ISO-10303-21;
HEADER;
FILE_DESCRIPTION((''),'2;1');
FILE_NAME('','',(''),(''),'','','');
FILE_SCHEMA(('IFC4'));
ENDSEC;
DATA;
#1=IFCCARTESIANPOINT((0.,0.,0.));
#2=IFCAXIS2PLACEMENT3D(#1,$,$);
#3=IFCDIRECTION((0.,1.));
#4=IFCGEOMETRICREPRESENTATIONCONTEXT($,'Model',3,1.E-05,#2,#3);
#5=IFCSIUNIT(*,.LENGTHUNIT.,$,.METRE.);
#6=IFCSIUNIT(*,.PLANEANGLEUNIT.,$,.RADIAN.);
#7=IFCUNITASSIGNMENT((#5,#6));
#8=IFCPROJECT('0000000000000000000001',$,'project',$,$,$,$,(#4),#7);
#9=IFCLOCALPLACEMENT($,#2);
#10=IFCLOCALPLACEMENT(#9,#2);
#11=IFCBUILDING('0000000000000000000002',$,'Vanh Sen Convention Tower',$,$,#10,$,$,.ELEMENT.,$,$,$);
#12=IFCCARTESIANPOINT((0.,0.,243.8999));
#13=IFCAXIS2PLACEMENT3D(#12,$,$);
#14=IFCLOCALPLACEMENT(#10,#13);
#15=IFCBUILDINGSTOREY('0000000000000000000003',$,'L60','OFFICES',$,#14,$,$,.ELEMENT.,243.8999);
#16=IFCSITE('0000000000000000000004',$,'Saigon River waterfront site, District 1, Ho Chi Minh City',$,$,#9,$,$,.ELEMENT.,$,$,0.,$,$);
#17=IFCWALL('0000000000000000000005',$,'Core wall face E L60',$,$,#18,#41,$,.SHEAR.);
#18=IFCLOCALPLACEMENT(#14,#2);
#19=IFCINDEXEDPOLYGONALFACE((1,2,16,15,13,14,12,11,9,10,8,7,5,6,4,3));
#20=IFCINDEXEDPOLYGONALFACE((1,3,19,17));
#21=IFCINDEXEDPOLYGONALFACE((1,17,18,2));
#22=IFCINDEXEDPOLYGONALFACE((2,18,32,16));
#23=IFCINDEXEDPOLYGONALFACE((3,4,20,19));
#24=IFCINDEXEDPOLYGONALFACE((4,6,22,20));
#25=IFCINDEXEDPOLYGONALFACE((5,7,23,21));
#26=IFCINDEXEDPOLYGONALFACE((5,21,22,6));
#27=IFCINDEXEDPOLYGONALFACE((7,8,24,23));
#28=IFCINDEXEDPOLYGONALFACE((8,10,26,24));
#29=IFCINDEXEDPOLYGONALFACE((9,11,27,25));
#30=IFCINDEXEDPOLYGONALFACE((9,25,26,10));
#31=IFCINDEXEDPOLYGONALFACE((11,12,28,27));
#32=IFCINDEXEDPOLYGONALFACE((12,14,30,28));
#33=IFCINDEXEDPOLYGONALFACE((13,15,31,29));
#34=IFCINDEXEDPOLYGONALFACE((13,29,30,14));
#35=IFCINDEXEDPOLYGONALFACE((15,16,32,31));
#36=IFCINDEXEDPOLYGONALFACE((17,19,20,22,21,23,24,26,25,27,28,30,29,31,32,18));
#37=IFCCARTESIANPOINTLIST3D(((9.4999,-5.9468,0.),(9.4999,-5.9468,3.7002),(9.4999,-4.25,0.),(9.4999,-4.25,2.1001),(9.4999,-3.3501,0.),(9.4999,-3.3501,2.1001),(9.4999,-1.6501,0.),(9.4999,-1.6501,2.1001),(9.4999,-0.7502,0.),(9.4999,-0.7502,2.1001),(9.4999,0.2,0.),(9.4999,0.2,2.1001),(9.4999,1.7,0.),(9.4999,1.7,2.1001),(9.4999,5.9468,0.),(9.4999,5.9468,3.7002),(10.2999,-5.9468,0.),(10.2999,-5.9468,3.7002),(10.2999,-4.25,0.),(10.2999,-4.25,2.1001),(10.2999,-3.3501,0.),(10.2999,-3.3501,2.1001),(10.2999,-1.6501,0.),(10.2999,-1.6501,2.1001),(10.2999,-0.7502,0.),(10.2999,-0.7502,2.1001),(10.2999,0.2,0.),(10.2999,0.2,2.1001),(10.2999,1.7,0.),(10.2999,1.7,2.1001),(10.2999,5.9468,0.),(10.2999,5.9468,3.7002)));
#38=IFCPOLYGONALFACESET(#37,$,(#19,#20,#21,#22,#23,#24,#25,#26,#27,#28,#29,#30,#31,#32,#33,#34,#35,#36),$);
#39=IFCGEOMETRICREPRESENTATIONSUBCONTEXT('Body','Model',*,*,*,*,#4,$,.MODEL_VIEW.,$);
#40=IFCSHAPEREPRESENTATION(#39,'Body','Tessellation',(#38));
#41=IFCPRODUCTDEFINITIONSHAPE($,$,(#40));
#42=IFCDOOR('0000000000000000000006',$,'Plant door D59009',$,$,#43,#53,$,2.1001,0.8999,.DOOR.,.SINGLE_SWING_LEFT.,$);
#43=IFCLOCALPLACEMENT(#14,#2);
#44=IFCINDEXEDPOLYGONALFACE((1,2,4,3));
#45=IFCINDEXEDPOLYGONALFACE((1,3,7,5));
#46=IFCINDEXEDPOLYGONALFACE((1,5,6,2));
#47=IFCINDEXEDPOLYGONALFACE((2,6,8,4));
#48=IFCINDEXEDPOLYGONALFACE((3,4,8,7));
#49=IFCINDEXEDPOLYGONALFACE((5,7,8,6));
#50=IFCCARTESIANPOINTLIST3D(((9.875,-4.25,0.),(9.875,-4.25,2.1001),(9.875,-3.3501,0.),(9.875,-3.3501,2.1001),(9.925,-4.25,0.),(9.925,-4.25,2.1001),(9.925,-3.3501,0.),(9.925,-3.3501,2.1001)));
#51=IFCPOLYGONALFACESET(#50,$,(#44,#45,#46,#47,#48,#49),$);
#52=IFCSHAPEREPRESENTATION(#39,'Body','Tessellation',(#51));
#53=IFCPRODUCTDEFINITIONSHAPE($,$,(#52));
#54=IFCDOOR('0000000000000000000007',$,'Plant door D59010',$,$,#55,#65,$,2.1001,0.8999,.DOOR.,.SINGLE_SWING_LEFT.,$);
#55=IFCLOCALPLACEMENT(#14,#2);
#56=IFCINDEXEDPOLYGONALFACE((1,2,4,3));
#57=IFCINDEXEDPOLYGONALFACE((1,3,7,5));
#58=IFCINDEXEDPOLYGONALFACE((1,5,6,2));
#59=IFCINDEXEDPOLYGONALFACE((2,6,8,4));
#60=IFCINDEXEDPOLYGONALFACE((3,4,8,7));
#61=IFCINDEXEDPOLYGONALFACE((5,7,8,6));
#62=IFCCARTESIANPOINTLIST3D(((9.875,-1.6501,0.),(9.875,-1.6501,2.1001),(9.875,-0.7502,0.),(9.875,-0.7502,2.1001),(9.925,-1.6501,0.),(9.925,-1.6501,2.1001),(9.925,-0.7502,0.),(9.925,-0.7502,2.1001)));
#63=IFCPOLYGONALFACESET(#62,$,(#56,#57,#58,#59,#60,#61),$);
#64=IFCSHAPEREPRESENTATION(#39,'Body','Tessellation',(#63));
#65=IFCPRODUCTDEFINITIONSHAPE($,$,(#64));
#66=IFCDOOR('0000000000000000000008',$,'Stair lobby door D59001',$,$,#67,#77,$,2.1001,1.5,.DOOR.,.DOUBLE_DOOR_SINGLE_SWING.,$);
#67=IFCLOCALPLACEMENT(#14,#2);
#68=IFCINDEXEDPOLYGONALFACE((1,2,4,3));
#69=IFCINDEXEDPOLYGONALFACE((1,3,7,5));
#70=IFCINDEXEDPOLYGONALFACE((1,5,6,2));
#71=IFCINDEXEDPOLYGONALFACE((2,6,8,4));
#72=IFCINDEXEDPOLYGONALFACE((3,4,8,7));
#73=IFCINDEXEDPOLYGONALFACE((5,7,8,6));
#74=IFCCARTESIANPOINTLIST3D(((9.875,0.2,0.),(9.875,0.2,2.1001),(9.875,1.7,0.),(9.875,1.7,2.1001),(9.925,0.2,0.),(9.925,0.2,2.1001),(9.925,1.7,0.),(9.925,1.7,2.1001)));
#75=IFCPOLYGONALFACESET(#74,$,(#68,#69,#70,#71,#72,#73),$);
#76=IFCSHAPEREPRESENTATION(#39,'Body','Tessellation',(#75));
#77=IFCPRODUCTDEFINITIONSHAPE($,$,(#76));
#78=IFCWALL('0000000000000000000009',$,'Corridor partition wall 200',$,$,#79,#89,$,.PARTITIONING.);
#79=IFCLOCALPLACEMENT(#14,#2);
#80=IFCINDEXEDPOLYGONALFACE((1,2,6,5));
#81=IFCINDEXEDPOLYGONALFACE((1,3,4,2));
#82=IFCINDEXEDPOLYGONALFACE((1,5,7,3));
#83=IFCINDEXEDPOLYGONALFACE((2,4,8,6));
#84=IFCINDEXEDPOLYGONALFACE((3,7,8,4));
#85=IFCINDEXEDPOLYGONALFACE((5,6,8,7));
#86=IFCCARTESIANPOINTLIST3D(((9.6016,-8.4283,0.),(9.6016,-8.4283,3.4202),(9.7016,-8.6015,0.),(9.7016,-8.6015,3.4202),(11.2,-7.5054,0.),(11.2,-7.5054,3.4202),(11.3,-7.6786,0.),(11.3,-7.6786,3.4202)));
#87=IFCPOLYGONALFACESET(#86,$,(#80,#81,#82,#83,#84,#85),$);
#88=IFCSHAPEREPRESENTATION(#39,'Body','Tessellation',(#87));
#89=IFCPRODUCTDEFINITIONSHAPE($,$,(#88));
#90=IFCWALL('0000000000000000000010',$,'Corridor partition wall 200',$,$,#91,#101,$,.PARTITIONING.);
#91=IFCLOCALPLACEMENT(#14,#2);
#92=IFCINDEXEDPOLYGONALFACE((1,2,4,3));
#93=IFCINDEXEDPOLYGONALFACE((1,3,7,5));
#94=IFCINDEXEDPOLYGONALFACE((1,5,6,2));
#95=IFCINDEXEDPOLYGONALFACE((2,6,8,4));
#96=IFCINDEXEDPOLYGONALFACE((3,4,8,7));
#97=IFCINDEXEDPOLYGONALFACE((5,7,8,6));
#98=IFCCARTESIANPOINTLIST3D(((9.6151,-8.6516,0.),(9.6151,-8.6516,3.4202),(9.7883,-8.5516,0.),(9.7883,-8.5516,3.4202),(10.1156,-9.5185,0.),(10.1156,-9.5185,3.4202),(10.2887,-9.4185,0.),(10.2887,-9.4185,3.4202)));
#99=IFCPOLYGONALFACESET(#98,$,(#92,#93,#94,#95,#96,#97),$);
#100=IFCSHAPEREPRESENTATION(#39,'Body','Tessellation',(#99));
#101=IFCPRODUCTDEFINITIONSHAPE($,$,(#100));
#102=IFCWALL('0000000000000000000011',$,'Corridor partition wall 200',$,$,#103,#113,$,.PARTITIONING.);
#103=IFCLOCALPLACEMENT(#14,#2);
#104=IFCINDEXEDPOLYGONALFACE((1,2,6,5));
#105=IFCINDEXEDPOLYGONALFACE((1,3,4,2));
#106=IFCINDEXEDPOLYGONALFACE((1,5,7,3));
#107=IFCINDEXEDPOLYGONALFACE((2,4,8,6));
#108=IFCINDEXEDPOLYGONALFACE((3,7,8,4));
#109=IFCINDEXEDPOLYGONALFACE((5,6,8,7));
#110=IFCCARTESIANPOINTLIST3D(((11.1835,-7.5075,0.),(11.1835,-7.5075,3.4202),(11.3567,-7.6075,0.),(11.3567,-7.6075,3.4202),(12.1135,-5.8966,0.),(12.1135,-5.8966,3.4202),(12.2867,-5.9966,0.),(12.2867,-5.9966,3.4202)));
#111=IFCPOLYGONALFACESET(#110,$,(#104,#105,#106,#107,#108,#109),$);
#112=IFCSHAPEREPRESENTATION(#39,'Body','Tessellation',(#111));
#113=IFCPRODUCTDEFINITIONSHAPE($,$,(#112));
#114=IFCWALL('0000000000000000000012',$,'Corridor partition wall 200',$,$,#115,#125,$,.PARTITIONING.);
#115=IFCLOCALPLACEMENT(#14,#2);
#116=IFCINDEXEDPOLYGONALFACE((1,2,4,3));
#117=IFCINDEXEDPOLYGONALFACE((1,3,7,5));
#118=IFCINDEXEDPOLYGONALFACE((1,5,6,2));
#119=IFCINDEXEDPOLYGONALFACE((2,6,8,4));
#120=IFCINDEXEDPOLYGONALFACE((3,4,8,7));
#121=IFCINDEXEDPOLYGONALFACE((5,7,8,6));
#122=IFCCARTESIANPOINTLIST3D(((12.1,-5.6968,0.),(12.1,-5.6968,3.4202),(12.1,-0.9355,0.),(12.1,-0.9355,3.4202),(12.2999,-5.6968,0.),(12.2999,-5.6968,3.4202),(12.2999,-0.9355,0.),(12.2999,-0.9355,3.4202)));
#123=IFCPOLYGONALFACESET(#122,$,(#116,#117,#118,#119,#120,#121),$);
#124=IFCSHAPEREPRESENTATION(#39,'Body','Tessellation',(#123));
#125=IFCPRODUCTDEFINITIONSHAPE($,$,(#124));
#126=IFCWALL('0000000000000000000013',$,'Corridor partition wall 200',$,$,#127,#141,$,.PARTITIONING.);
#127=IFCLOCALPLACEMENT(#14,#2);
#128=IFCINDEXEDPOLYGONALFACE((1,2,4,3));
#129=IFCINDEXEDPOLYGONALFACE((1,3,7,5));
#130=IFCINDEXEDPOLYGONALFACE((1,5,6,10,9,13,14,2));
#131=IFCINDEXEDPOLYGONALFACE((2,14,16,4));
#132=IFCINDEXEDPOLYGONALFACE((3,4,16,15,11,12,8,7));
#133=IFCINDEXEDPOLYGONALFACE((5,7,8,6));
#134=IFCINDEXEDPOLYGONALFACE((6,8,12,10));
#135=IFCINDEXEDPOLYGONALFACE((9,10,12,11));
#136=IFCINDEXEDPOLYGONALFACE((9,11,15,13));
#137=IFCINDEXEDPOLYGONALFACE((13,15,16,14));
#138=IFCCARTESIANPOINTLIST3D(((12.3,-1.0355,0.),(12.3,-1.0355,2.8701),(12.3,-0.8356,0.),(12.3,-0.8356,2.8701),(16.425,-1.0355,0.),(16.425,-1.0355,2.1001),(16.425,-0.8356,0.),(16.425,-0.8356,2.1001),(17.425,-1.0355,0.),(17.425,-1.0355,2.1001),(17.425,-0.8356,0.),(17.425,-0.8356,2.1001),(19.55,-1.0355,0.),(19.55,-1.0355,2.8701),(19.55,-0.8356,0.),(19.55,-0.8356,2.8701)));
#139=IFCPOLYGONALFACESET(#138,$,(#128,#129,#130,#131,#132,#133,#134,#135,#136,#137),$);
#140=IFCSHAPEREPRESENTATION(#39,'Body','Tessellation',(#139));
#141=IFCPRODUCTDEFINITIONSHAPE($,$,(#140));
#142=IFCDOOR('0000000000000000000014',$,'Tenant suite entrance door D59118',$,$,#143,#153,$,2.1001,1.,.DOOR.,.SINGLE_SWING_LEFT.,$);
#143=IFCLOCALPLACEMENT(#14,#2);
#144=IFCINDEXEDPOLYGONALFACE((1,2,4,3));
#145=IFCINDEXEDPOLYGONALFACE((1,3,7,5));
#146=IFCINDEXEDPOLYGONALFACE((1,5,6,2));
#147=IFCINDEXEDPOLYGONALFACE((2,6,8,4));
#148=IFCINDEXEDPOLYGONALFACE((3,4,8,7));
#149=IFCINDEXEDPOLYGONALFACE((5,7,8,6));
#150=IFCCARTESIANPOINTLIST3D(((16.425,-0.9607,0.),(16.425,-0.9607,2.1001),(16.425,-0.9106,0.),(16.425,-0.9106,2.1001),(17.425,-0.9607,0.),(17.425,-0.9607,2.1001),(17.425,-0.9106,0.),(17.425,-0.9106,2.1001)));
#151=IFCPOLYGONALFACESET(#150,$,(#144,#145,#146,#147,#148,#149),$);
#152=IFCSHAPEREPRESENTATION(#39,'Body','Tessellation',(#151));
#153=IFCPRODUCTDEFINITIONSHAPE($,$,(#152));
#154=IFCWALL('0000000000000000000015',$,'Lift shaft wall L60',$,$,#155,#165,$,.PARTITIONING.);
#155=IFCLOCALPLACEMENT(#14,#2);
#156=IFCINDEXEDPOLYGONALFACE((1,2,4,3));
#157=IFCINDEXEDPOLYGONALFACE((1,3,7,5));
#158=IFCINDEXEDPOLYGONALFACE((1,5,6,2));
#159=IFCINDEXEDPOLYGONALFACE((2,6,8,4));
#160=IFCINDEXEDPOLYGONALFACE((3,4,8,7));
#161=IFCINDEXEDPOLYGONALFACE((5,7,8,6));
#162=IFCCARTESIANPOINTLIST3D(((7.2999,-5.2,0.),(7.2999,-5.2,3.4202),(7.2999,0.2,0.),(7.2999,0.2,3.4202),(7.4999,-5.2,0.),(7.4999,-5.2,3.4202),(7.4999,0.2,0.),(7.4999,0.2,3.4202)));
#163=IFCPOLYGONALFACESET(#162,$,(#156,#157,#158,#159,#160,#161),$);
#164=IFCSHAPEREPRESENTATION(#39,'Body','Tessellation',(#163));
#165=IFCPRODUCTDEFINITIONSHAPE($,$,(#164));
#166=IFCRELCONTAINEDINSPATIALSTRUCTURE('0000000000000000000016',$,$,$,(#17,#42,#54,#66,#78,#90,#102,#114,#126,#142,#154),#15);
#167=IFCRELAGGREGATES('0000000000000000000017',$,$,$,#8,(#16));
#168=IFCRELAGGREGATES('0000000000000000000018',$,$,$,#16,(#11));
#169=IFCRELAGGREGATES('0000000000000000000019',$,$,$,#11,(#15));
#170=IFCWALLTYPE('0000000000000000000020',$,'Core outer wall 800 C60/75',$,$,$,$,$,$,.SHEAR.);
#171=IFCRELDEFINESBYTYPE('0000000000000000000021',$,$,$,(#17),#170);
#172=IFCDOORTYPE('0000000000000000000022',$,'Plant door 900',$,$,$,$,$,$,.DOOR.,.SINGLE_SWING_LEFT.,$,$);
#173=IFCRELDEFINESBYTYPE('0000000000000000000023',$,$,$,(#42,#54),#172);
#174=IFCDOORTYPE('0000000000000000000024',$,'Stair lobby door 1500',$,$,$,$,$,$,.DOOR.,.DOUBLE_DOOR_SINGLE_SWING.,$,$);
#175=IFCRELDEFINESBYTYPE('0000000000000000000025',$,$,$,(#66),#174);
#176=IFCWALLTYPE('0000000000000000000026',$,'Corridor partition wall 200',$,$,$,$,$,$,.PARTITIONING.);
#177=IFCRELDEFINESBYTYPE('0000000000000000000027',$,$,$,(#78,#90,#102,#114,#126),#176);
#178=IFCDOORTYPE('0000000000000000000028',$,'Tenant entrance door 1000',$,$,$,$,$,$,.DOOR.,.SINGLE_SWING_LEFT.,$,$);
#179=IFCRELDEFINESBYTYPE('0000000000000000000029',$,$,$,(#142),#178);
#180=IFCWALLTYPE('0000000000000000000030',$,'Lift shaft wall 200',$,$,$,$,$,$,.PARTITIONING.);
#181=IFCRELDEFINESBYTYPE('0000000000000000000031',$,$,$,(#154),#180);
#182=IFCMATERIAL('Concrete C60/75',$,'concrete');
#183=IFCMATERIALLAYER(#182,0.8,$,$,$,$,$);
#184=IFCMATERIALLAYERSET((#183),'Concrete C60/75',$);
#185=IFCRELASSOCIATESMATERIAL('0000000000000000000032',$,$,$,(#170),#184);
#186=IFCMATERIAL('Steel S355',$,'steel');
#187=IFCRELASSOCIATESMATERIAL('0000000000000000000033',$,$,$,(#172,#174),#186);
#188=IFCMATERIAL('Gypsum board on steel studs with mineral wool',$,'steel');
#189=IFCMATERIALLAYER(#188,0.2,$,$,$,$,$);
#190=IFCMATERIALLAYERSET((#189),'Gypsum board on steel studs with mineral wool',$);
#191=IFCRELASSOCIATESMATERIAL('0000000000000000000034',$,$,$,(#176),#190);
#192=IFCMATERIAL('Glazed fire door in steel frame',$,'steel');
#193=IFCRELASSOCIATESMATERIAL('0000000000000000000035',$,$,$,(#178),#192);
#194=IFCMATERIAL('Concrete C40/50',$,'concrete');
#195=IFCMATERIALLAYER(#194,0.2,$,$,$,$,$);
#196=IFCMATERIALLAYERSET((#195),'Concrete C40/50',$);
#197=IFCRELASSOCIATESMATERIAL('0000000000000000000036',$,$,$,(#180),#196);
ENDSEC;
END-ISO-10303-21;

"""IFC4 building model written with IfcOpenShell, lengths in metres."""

from ifc_helpers import new_model, si_unit, direction, frame, frame_2d, origin, place, context, subcontext, project, spatial, rectangle, extrude, material, layer, layer_set, type_object, element, fill, save


model = new_model("IFC4")

# Units and contexts
model_context = context("Model", 3, precision=1e-05, world=origin(), true_north=direction((0.0, 1.0)))
body_context = subcontext(model_context, "Body", "Model", "MODEL_VIEW")
ifc_project = project(units=[si_unit("LENGTHUNIT", "METRE"), si_unit("PLANEANGLEUNIT", "RADIAN")], contexts=[model_context])

# Site, building, storey
site_placement = place(None, origin())
site = spatial("IfcSite", under=ifc_project, at=site_placement, Name="Saigon River waterfront site, District 1, Ho Chi Minh City", CompositionType="ELEMENT", RefElevation=0.0)
building_placement = place(site_placement, origin())
building = spatial("IfcBuilding", under=site, at=building_placement, Name="Vanh Sen Convention Tower", CompositionType="ELEMENT")
storey_placement = place(building_placement, frame((0.0, 0.0, 243.8999)))
storey = spatial("IfcBuildingStorey", under=building, at=storey_placement, Name="L60", Description="OFFICES", CompositionType="ELEMENT", Elevation=243.8999)

# Shared definitions
ifc_material_1 = material(Name="Concrete C40/50", Category="concrete")

# Wall, openings, doors
ifc_material_2 = material(Name="Concrete C60/75", Category="concrete")
ifc_layer_1 = layer(ifc_material_2, 0.8)
ifc_layer_set_1 = layer_set([ifc_layer_1], Name="Concrete C60/75")
wall_type_1 = type_object("IfcWallType", Name="Core outer wall 800 C60/75", PredefinedType="SHEAR", material=ifc_layer_set_1)
wall_1_placement = place(storey_placement, frame((9.8999, -5.9468, 0.0), z_axis=(0.0, 0.0, 1.0), x_axis=(0.0, 1.0, 0.0)))
wall_1 = element("IfcWall", 1, at=wall_1_placement, inside=storey, type_object=wall_type_1, Name="Core wall face E L60", PredefinedType="SHEAR", context=body_context, shape_type="SweptSolid", body=[
    extrude(rectangle(XDim=11.8936, YDim=0.8, at=frame_2d((5.9468, 0.0))), origin(), (0.0, 0.0, 1.0), 3.7002),
])
opening_1_placement = place(wall_1_placement, frame((6.1467, 0.0, 0.0)))
opening_1 = element("IfcOpeningElement", 2, at=opening_1_placement, cuts=wall_1, PredefinedType="OPENING", context=body_context, shape_type="SweptSolid", body=[
    extrude(rectangle(XDim=1.5, YDim=2.1001, at=frame_2d((0.75, 1.05))), frame((0.0, 0.4099, 0.0), z_axis=(0.0, -1.0, 0.0), x_axis=(1.0, 0.0, 0.0)), (0.0, 0.0, 1.0), 0.8201),
])
opening_2_placement = place(wall_1_placement, frame((1.6968, 0.0, 0.0)))
opening_2 = element("IfcOpeningElement", 3, at=opening_2_placement, cuts=wall_1, PredefinedType="OPENING", context=body_context, shape_type="SweptSolid", body=[
    extrude(rectangle(XDim=0.8999, YDim=2.1001, at=frame_2d((0.45, 1.05))), frame((0.0, 0.4099, 0.0), z_axis=(0.0, -1.0, 0.0), x_axis=(1.0, 0.0, 0.0)), (0.0, 0.0, 1.0), 0.8201),
])
opening_3_placement = place(wall_1_placement, frame((4.2966, 0.0, 0.0)))
opening_3 = element("IfcOpeningElement", 4, at=opening_3_placement, cuts=wall_1, PredefinedType="OPENING", context=body_context, shape_type="SweptSolid", body=[
    extrude(rectangle(XDim=0.8999, YDim=2.1001, at=frame_2d((0.45, 1.05))), frame((0.0, 0.4099, 0.0), z_axis=(0.0, -1.0, 0.0), x_axis=(1.0, 0.0, 0.0)), (0.0, 0.0, 1.0), 0.8201),
])
ifc_material_3 = material(Name="Steel S355", Category="steel")
door_type_1 = type_object("IfcDoorType", Name="Plant door 900", OperationType="SINGLE_SWING_LEFT", PredefinedType="DOOR", material=ifc_material_3)
door_1_placement = place(opening_2_placement, origin())
door_1 = element("IfcDoor", 5, at=door_1_placement, inside=storey, type_object=door_type_1, Name="Plant door D59009", OperationType="SINGLE_SWING_LEFT", OverallHeight=2.1001, OverallWidth=0.8999, PredefinedType="DOOR", context=body_context, shape_type="SweptSolid", body=[
    extrude(rectangle(XDim=0.8999, YDim=2.1001, at=frame_2d((0.45, 1.05))), frame((0.0, 0.0249, 0.0), z_axis=(0.0, -1.0, 0.0), x_axis=(1.0, 0.0, 0.0)), (0.0, 0.0, 1.0), 0.05),
])
fill(opening_2, door_1)
door_2_placement = place(opening_3_placement, origin())
door_2 = element("IfcDoor", 6, at=door_2_placement, inside=storey, type_object=door_type_1, Name="Plant door D59010", OperationType="SINGLE_SWING_LEFT", OverallHeight=2.1001, OverallWidth=0.8999, PredefinedType="DOOR", context=body_context, shape_type="SweptSolid", body=[
    extrude(rectangle(XDim=0.8999, YDim=2.1001, at=frame_2d((0.45, 1.05))), frame((0.0, 0.0249, 0.0), z_axis=(0.0, -1.0, 0.0), x_axis=(1.0, 0.0, 0.0)), (0.0, 0.0, 1.0), 0.05),
])
fill(opening_3, door_2)
door_type_2 = type_object("IfcDoorType", Name="Stair lobby door 1500", OperationType="DOUBLE_DOOR_SINGLE_SWING", PredefinedType="DOOR", material=ifc_material_3)
door_3_placement = place(opening_1_placement, origin())
door_3 = element("IfcDoor", 7, at=door_3_placement, inside=storey, type_object=door_type_2, Name="Stair lobby door D59001", OperationType="DOUBLE_DOOR_SINGLE_SWING", OverallHeight=2.1001, OverallWidth=1.5, PredefinedType="DOOR", context=body_context, shape_type="SweptSolid", body=[
    extrude(rectangle(XDim=1.5, YDim=2.1001, at=frame_2d((0.75, 1.05))), frame((0.0, 0.0249, 0.0), z_axis=(0.0, -1.0, 0.0), x_axis=(1.0, 0.0, 0.0)), (0.0, 0.0, 1.0), 0.05),
])
fill(opening_1, door_3)

# Walls
ifc_material_4 = material(Name="Gypsum board on steel studs with mineral wool", Category="steel")
ifc_layer_2 = layer(ifc_material_4, 0.2)
ifc_layer_set_2 = layer_set([ifc_layer_2], Name="Gypsum board on steel studs with mineral wool")
wall_type_2 = type_object("IfcWallType", Name="Corridor partition wall 200", PredefinedType="PARTITIONING", material=ifc_layer_set_2)
wall_2_placement = place(storey_placement, frame((9.6516, -8.5149, 0.0), z_axis=(0.0, 0.0, 1.0), x_axis=(0.86602, 0.500009, 0.0)))
element("IfcWall", 8, at=wall_2_placement, inside=storey, type_object=wall_type_2, Name="Corridor partition wall 200", PredefinedType="PARTITIONING", context=body_context, shape_type="SweptSolid", body=[
    extrude(rectangle(XDim=1.8457, YDim=0.2, at=frame_2d((0.9229, 0.0))), origin(), (0.0, 0.0, 1.0), 3.4202),
])
wall_3_placement = place(storey_placement, frame((10.2021, -9.4685, 0.0), z_axis=(0.0, 0.0, 1.0), x_axis=(-0.499969, 0.866043, 0.0)))
element("IfcWall", 9, at=wall_3_placement, inside=storey, type_object=wall_type_2, Name="Corridor partition wall 200", PredefinedType="PARTITIONING", context=body_context, shape_type="SweptSolid", body=[
    extrude(rectangle(XDim=1.001, YDim=0.2, at=frame_2d((0.5005, 0.0))), origin(), (0.0, 0.0, 1.0), 3.4202),
])
wall_4_placement = place(storey_placement, frame((11.27, -7.5576, 0.0), z_axis=(0.0, 0.0, 1.0), x_axis=(0.499965, 0.866046, 0.0)))
element("IfcWall", 10, at=wall_4_placement, inside=storey, type_object=wall_type_2, Name="Corridor partition wall 200", PredefinedType="PARTITIONING", context=body_context, shape_type="SweptSolid", body=[
    extrude(rectangle(XDim=1.8601, YDim=0.2, at=frame_2d((0.9302, 0.0))), origin(), (0.0, 0.0, 1.0), 3.4202),
])
wall_5_placement = place(storey_placement, frame((12.2, -5.6968, 0.0), z_axis=(0.0, 0.0, 1.0), x_axis=(0.0, 1.0, 0.0)))
element("IfcWall", 11, at=wall_5_placement, inside=storey, type_object=wall_type_2, Name="Corridor partition wall 200", PredefinedType="PARTITIONING", context=body_context, shape_type="SweptSolid", body=[
    extrude(rectangle(XDim=4.7612, YDim=0.2, at=frame_2d((2.3806, 0.0))), origin(), (0.0, 0.0, 1.0), 3.4202),
])

# Wall, opening, door
wall_6_placement = place(storey_placement, frame((12.3, -0.9355, 0.0), z_axis=(0.0, 0.0, 1.0), x_axis=(1.0, 0.0, 0.0)))
wall_6 = element("IfcWall", 12, at=wall_6_placement, inside=storey, type_object=wall_type_2, Name="Corridor partition wall 200", PredefinedType="PARTITIONING", context=body_context, shape_type="SweptSolid", body=[
    extrude(rectangle(XDim=7.25, YDim=0.2, at=frame_2d((3.625, 0.0))), origin(), (0.0, 0.0, 1.0), 2.8701),
])
opening_4_placement = place(wall_6_placement, frame((4.125, 0.0, 0.0)))
opening_4 = element("IfcOpeningElement", 13, at=opening_4_placement, cuts=wall_6, PredefinedType="OPENING", context=body_context, shape_type="SweptSolid", body=[
    extrude(rectangle(XDim=1.0, YDim=2.1001, at=frame_2d((0.5, 1.05))), frame((0.0, 0.1099, 0.0), z_axis=(0.0, -1.0, 0.0), x_axis=(1.0, 0.0, 0.0)), (0.0, 0.0, 1.0), 0.22),
])
ifc_material_5 = material(Name="Glazed fire door in steel frame", Category="steel")
door_type_3 = type_object("IfcDoorType", Name="Tenant entrance door 1000", OperationType="SINGLE_SWING_LEFT", PredefinedType="DOOR", material=ifc_material_5)
door_4_placement = place(opening_4_placement, origin())
door_4 = element("IfcDoor", 14, at=door_4_placement, inside=storey, type_object=door_type_3, Name="Tenant suite entrance door D59118", OperationType="SINGLE_SWING_LEFT", OverallHeight=2.1001, OverallWidth=1.0, PredefinedType="DOOR", context=body_context, shape_type="SweptSolid", body=[
    extrude(rectangle(XDim=1.0, YDim=2.1001, at=frame_2d((0.5, 1.05))), frame((0.0, 0.0249, 0.0), z_axis=(0.0, -1.0, 0.0), x_axis=(1.0, 0.0, 0.0)), (0.0, 0.0, 1.0), 0.05),
])
fill(opening_4, door_4)

# Wall
ifc_layer_3 = layer(ifc_material_1, 0.2)
ifc_layer_set_3 = layer_set([ifc_layer_3], Name="Concrete C40/50")
wall_type_3 = type_object("IfcWallType", Name="Lift shaft wall 200", PredefinedType="PARTITIONING", material=ifc_layer_set_3)
wall_7_placement = place(storey_placement, frame((7.3999, -5.2, 0.0), z_axis=(0.0, 0.0, 1.0), x_axis=(0.0, 1.0, 0.0)))
element("IfcWall", 15, at=wall_7_placement, inside=storey, type_object=wall_type_3, Name="Lift shaft wall L60", PredefinedType="PARTITIONING", context=body_context, shape_type="SweptSolid", body=[
    extrude(rectangle(XDim=5.3999, YDim=0.2, at=frame_2d((2.7, 0.0))), origin(), (0.0, 0.0, 1.0), 3.4202),
])

save(model, "model.ifc")
